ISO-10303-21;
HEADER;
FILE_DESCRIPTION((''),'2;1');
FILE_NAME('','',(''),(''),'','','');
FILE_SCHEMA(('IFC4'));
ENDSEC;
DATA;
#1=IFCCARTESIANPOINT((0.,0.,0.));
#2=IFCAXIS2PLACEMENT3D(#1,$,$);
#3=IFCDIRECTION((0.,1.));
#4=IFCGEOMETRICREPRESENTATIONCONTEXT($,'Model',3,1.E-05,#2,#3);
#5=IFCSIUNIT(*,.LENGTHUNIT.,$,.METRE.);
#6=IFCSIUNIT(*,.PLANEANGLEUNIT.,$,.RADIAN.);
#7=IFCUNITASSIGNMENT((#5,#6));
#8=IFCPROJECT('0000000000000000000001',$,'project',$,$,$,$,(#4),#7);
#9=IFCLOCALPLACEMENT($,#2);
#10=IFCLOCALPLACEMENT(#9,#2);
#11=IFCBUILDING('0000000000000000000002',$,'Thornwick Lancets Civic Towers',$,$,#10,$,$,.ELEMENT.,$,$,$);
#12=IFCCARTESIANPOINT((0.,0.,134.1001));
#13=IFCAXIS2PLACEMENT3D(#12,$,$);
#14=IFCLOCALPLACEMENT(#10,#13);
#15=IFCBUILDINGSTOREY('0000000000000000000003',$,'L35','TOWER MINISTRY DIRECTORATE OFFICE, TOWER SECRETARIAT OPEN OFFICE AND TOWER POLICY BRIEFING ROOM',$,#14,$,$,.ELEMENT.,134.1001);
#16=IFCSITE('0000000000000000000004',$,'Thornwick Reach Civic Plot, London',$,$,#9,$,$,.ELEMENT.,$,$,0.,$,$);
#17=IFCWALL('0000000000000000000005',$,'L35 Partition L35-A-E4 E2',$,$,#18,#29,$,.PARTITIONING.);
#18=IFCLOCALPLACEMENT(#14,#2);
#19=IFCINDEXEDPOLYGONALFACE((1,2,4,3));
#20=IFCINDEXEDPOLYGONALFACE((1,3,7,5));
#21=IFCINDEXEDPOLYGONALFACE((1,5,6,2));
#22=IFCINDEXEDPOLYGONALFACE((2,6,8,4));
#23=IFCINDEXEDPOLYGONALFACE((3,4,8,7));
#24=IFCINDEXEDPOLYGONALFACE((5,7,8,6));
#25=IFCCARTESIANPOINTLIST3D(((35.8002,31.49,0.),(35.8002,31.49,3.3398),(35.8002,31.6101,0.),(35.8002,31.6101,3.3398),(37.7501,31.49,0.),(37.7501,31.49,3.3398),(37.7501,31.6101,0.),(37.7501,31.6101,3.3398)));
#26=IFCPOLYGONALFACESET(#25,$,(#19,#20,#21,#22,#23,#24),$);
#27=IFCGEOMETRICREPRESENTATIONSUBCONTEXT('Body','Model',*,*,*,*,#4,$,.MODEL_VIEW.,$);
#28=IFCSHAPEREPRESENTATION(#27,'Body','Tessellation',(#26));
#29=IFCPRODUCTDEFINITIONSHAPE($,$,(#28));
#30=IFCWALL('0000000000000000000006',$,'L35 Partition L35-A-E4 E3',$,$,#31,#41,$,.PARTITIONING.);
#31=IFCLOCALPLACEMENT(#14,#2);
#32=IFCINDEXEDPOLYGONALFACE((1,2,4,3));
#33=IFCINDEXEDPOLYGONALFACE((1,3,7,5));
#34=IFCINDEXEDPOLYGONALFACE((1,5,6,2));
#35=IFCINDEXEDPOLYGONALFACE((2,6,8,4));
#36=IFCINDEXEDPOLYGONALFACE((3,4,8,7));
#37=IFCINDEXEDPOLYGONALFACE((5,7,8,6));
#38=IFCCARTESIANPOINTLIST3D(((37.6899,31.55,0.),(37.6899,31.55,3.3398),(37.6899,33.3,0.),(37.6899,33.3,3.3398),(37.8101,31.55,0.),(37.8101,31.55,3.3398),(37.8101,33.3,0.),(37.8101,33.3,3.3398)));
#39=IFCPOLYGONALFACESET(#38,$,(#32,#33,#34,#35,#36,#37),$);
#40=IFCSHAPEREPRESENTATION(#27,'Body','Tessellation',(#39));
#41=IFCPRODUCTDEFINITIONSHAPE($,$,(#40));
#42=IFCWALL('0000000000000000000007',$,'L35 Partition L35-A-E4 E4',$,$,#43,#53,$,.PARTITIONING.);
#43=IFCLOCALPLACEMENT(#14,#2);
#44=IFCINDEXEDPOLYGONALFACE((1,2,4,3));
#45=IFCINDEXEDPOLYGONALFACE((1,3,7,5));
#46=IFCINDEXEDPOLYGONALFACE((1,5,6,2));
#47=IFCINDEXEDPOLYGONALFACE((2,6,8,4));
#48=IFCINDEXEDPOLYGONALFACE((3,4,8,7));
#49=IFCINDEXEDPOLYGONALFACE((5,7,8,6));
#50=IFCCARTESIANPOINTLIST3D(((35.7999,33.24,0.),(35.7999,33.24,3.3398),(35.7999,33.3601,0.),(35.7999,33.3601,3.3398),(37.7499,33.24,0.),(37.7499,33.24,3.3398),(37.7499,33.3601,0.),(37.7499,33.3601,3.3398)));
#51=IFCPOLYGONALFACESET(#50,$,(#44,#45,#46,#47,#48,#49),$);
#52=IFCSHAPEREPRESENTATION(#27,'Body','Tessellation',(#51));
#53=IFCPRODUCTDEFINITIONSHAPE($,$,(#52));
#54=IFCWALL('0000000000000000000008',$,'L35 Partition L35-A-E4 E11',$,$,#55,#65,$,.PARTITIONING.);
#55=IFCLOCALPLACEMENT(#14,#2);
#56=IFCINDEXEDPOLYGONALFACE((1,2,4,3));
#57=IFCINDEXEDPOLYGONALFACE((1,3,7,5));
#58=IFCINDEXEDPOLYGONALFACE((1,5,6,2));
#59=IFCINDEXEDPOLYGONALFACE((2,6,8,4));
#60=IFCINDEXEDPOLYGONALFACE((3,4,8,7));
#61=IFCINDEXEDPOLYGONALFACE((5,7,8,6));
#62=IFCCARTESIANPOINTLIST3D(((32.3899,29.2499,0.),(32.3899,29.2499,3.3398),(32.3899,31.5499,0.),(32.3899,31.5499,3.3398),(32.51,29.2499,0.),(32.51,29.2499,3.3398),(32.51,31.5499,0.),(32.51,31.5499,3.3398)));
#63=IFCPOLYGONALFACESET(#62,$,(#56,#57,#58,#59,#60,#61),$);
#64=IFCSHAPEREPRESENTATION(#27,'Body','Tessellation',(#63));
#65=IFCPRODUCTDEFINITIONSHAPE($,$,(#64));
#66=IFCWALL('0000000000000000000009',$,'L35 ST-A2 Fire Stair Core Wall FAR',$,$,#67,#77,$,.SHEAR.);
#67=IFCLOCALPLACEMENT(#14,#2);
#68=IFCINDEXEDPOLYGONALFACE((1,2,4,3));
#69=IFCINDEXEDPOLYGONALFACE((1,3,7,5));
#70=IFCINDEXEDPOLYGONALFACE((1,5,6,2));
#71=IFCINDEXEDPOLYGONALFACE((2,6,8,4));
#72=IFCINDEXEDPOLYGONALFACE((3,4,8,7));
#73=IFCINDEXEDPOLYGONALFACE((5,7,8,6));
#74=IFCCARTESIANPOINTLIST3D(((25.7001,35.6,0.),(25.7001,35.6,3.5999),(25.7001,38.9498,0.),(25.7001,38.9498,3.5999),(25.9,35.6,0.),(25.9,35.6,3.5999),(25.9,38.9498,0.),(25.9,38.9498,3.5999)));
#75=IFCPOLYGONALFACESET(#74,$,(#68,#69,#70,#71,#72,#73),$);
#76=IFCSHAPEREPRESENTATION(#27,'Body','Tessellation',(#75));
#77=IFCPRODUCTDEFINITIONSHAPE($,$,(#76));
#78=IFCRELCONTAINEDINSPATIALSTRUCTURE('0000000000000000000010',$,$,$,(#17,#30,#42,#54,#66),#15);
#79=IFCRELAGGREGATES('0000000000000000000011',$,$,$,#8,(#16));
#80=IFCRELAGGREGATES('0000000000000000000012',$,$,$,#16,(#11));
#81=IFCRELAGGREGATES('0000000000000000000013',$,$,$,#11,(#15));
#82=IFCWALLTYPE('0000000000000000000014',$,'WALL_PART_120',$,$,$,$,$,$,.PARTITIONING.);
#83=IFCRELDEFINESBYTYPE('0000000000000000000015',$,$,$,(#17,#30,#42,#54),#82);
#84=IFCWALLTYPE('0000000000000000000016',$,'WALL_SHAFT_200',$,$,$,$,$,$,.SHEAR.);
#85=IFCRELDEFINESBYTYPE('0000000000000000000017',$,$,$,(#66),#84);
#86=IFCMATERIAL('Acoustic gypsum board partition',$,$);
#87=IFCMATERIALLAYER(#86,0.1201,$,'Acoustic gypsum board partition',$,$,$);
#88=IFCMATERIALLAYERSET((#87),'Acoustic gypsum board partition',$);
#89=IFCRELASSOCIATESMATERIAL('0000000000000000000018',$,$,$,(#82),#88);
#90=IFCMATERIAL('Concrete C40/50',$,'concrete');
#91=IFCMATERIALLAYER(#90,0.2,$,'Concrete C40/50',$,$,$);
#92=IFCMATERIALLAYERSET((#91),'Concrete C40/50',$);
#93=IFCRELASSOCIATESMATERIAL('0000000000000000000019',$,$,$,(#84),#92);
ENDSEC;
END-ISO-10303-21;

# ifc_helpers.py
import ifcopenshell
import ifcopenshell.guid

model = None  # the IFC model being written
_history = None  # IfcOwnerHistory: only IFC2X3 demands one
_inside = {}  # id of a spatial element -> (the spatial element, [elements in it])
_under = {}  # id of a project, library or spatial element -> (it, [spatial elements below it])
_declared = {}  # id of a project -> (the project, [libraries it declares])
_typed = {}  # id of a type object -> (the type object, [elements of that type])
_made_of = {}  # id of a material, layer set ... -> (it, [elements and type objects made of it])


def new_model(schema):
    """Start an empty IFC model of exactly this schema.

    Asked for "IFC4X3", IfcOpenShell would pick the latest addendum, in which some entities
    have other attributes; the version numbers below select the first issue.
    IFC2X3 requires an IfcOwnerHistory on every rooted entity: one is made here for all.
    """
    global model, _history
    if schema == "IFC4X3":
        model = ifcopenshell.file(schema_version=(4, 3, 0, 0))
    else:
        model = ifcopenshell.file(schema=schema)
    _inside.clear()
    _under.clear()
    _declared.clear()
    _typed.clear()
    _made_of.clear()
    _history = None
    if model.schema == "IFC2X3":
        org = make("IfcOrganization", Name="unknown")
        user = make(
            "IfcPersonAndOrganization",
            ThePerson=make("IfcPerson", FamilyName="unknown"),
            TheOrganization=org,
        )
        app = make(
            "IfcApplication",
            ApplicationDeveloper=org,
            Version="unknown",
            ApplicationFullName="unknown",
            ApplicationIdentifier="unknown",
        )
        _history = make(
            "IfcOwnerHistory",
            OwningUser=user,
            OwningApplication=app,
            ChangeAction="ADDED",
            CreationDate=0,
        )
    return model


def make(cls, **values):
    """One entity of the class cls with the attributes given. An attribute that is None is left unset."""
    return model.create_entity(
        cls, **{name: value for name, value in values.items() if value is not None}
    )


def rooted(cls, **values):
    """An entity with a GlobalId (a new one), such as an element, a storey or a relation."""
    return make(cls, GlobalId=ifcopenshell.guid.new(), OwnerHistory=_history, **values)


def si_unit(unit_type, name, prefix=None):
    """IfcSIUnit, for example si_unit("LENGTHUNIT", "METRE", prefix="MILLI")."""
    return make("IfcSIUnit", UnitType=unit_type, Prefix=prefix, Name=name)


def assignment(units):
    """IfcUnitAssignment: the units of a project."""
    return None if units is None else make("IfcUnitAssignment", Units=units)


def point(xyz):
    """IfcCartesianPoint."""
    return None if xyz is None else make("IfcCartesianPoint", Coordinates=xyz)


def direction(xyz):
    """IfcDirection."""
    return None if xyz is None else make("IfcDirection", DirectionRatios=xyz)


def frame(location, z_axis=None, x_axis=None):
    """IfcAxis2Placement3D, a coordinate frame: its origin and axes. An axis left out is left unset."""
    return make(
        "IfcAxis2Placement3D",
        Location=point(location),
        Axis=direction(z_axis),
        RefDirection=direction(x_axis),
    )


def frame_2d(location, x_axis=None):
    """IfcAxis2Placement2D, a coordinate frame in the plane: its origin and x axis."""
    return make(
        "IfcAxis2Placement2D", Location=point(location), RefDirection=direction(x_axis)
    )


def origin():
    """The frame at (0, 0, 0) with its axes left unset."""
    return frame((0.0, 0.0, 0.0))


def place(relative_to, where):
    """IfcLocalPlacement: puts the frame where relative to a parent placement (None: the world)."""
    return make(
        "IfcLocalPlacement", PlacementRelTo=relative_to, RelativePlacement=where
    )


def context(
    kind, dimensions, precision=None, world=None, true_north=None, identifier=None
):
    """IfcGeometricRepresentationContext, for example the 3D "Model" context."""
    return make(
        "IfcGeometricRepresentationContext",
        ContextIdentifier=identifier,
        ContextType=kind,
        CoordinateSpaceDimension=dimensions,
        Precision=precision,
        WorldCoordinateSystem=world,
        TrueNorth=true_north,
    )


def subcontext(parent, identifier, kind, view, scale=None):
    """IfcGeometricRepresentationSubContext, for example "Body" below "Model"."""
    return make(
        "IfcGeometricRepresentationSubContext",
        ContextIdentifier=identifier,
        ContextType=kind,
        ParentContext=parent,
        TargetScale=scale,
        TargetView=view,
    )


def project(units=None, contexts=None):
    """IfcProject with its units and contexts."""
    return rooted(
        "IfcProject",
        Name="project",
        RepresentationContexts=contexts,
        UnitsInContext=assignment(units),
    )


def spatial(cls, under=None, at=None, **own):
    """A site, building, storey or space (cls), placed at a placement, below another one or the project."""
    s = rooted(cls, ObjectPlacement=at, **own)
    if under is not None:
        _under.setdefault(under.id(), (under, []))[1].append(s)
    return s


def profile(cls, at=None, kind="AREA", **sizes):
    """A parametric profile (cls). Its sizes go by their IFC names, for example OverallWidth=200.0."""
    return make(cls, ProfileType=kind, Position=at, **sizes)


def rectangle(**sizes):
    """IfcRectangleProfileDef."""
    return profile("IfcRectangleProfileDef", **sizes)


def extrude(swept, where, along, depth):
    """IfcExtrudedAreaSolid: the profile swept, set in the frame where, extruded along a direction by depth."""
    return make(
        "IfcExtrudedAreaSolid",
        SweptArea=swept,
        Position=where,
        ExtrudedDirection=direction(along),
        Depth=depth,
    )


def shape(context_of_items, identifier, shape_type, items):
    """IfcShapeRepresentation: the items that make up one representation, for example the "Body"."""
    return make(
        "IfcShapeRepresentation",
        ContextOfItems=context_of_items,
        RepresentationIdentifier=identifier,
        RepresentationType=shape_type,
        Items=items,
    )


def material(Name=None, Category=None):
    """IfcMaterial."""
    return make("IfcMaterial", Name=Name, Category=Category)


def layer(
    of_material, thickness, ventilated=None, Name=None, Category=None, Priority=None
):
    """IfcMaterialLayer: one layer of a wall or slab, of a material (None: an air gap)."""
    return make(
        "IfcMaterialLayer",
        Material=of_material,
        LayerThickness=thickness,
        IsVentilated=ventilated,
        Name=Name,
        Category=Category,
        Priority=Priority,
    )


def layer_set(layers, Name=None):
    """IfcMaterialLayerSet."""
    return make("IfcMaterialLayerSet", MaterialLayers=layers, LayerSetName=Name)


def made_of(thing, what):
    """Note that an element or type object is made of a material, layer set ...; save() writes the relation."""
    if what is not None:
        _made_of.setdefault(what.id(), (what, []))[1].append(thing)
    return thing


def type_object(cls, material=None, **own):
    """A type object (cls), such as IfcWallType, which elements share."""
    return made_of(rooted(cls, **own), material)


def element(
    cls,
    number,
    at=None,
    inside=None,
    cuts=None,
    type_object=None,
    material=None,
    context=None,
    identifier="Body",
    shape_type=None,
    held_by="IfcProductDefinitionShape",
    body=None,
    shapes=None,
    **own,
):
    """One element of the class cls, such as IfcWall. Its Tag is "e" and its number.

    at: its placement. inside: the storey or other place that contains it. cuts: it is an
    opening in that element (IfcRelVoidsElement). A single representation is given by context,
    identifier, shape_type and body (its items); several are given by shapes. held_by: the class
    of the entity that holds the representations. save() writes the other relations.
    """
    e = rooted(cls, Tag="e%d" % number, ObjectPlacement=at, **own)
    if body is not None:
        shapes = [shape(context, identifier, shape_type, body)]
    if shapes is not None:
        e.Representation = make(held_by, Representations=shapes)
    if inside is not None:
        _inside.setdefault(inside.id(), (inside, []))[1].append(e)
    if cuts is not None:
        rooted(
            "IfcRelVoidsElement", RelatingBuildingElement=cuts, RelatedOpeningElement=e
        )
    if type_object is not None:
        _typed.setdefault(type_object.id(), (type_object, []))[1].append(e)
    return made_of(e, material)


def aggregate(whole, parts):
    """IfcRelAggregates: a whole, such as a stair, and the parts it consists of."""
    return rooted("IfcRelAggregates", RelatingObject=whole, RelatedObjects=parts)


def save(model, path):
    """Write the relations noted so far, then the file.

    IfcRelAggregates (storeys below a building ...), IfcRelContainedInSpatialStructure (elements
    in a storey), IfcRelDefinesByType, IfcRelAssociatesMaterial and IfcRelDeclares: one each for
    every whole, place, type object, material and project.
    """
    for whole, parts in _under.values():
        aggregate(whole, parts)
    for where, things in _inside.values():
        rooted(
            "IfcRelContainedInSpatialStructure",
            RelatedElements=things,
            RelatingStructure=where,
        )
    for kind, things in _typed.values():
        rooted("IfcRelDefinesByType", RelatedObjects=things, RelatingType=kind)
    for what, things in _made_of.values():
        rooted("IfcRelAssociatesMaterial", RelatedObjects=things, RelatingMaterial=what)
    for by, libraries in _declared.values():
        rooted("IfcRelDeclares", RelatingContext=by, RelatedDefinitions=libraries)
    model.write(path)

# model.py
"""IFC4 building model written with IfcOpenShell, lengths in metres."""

from ifc_helpers import new_model, si_unit, direction, frame, frame_2d, origin, place, context, subcontext, project, spatial, rectangle, extrude, material, layer, layer_set, type_object, element, save


model = new_model("IFC4")

# Units and contexts
model_context = context("Model", 3, precision=1e-05, world=origin(), true_north=direction((0.0, 1.0)))
body_context = subcontext(model_context, "Body", "Model", "MODEL_VIEW")
ifc_project = project(units=[si_unit("LENGTHUNIT", "METRE"), si_unit("PLANEANGLEUNIT", "RADIAN")], contexts=[model_context])

# Site, building, storey
site_placement = place(None, origin())
site = spatial("IfcSite", under=ifc_project, at=site_placement, Name="Thornwick Reach Civic Plot, London", CompositionType="ELEMENT", RefElevation=0.0)
building_placement = place(site_placement, origin())
building = spatial("IfcBuilding", under=site, at=building_placement, Name="Thornwick Lancets Civic Towers", CompositionType="ELEMENT")
storey_placement = place(building_placement, frame((0.0, 0.0, 134.1001)))
storey = spatial("IfcBuildingStorey", under=building, at=storey_placement, Name="L35", Description="TOWER MINISTRY DIRECTORATE OFFICE, TOWER SECRETARIAT OPEN OFFICE AND TOWER POLICY BRIEFING ROOM", CompositionType="ELEMENT", Elevation=134.1001)

# Shared definitions
ifc_material_1 = material(Name="Acoustic gypsum board partition")
ifc_layer_1 = layer(ifc_material_1, 0.1201, Name="Acoustic gypsum board partition")
ifc_layer_set_1 = layer_set([ifc_layer_1], Name="Acoustic gypsum board partition")
wall_type_1 = type_object("IfcWallType", Name="WALL_PART_120", PredefinedType="PARTITIONING", material=ifc_layer_set_1)

# Walls
wall_1_placement = place(storey_placement, frame((35.8, 31.55, 0.0), z_axis=(0.0, 0.0, 1.0), x_axis=(1.0, 0.0, 0.0)))
element("IfcWall", 1, at=wall_1_placement, inside=storey, type_object=wall_type_1, Name="L35 Partition L35-A-E4 E2", PredefinedType="PARTITIONING", context=body_context, shape_type="SweptSolid", body=[
    extrude(rectangle(XDim=1.95, YDim=0.1201, at=frame_2d((0.9751, 0.0))), origin(), (0.0, 0.0, 1.0), 3.3398),
])
wall_2_placement = place(storey_placement, frame((37.75, 31.55, 0.0), z_axis=(0.0, 0.0, 1.0), x_axis=(0.0, 1.0, 0.0)))
element("IfcWall", 2, at=wall_2_placement, inside=storey, type_object=wall_type_1, Name="L35 Partition L35-A-E4 E3", PredefinedType="PARTITIONING", context=body_context, shape_type="SweptSolid", body=[
    extrude(rectangle(XDim=1.75, YDim=0.1201, at=frame_2d((0.875, 0.0))), origin(), (0.0, 0.0, 1.0), 3.3398),
])
wall_3_placement = place(storey_placement, frame((37.75, 33.3, 0.0), z_axis=(0.0, 0.0, 1.0), x_axis=(-1.0, 0.0, 0.0)))
element("IfcWall", 3, at=wall_3_placement, inside=storey, type_object=wall_type_1, Name="L35 Partition L35-A-E4 E4", PredefinedType="PARTITIONING", context=body_context, shape_type="SweptSolid", body=[
    extrude(rectangle(XDim=1.95, YDim=0.1201, at=frame_2d((0.9751, 0.0))), origin(), (0.0, 0.0, 1.0), 3.3398),
])
wall_4_placement = place(storey_placement, frame((32.45, 29.25, 0.0), z_axis=(0.0, 0.0, 1.0), x_axis=(0.0, 1.0, 0.0)))
element("IfcWall", 4, at=wall_4_placement, inside=storey, type_object=wall_type_1, Name="L35 Partition L35-A-E4 E11", PredefinedType="PARTITIONING", context=body_context, shape_type="SweptSolid", body=[
    extrude(rectangle(XDim=2.3, YDim=0.1201, at=frame_2d((1.1499, 0.0))), origin(), (0.0, 0.0, 1.0), 3.3398),
])
ifc_material_2 = material(Name="Concrete C40/50", Category="concrete")
ifc_layer_2 = layer(ifc_material_2, 0.2, Name="Concrete C40/50")
ifc_layer_set_2 = layer_set([ifc_layer_2], Name="Concrete C40/50")
wall_type_2 = type_object("IfcWallType", Name="WALL_SHAFT_200", PredefinedType="SHEAR", material=ifc_layer_set_2)
wall_5_placement = place(storey_placement, frame((25.8, 35.6001, 0.0), z_axis=(0.0, 0.0, 1.0), x_axis=(0.0, 1.0, 0.0)))
element("IfcWall", 5, at=wall_5_placement, inside=storey, type_object=wall_type_2, Name="L35 ST-A2 Fire Stair Core Wall FAR", PredefinedType="SHEAR", context=body_context, shape_type="SweptSolid", body=[
    extrude(rectangle(XDim=3.3499, YDim=0.2, at=frame_2d((1.6748, 0.0))), origin(), (0.0, 0.0, 1.0), 3.5999),
])

save(model, "model.ifc")
